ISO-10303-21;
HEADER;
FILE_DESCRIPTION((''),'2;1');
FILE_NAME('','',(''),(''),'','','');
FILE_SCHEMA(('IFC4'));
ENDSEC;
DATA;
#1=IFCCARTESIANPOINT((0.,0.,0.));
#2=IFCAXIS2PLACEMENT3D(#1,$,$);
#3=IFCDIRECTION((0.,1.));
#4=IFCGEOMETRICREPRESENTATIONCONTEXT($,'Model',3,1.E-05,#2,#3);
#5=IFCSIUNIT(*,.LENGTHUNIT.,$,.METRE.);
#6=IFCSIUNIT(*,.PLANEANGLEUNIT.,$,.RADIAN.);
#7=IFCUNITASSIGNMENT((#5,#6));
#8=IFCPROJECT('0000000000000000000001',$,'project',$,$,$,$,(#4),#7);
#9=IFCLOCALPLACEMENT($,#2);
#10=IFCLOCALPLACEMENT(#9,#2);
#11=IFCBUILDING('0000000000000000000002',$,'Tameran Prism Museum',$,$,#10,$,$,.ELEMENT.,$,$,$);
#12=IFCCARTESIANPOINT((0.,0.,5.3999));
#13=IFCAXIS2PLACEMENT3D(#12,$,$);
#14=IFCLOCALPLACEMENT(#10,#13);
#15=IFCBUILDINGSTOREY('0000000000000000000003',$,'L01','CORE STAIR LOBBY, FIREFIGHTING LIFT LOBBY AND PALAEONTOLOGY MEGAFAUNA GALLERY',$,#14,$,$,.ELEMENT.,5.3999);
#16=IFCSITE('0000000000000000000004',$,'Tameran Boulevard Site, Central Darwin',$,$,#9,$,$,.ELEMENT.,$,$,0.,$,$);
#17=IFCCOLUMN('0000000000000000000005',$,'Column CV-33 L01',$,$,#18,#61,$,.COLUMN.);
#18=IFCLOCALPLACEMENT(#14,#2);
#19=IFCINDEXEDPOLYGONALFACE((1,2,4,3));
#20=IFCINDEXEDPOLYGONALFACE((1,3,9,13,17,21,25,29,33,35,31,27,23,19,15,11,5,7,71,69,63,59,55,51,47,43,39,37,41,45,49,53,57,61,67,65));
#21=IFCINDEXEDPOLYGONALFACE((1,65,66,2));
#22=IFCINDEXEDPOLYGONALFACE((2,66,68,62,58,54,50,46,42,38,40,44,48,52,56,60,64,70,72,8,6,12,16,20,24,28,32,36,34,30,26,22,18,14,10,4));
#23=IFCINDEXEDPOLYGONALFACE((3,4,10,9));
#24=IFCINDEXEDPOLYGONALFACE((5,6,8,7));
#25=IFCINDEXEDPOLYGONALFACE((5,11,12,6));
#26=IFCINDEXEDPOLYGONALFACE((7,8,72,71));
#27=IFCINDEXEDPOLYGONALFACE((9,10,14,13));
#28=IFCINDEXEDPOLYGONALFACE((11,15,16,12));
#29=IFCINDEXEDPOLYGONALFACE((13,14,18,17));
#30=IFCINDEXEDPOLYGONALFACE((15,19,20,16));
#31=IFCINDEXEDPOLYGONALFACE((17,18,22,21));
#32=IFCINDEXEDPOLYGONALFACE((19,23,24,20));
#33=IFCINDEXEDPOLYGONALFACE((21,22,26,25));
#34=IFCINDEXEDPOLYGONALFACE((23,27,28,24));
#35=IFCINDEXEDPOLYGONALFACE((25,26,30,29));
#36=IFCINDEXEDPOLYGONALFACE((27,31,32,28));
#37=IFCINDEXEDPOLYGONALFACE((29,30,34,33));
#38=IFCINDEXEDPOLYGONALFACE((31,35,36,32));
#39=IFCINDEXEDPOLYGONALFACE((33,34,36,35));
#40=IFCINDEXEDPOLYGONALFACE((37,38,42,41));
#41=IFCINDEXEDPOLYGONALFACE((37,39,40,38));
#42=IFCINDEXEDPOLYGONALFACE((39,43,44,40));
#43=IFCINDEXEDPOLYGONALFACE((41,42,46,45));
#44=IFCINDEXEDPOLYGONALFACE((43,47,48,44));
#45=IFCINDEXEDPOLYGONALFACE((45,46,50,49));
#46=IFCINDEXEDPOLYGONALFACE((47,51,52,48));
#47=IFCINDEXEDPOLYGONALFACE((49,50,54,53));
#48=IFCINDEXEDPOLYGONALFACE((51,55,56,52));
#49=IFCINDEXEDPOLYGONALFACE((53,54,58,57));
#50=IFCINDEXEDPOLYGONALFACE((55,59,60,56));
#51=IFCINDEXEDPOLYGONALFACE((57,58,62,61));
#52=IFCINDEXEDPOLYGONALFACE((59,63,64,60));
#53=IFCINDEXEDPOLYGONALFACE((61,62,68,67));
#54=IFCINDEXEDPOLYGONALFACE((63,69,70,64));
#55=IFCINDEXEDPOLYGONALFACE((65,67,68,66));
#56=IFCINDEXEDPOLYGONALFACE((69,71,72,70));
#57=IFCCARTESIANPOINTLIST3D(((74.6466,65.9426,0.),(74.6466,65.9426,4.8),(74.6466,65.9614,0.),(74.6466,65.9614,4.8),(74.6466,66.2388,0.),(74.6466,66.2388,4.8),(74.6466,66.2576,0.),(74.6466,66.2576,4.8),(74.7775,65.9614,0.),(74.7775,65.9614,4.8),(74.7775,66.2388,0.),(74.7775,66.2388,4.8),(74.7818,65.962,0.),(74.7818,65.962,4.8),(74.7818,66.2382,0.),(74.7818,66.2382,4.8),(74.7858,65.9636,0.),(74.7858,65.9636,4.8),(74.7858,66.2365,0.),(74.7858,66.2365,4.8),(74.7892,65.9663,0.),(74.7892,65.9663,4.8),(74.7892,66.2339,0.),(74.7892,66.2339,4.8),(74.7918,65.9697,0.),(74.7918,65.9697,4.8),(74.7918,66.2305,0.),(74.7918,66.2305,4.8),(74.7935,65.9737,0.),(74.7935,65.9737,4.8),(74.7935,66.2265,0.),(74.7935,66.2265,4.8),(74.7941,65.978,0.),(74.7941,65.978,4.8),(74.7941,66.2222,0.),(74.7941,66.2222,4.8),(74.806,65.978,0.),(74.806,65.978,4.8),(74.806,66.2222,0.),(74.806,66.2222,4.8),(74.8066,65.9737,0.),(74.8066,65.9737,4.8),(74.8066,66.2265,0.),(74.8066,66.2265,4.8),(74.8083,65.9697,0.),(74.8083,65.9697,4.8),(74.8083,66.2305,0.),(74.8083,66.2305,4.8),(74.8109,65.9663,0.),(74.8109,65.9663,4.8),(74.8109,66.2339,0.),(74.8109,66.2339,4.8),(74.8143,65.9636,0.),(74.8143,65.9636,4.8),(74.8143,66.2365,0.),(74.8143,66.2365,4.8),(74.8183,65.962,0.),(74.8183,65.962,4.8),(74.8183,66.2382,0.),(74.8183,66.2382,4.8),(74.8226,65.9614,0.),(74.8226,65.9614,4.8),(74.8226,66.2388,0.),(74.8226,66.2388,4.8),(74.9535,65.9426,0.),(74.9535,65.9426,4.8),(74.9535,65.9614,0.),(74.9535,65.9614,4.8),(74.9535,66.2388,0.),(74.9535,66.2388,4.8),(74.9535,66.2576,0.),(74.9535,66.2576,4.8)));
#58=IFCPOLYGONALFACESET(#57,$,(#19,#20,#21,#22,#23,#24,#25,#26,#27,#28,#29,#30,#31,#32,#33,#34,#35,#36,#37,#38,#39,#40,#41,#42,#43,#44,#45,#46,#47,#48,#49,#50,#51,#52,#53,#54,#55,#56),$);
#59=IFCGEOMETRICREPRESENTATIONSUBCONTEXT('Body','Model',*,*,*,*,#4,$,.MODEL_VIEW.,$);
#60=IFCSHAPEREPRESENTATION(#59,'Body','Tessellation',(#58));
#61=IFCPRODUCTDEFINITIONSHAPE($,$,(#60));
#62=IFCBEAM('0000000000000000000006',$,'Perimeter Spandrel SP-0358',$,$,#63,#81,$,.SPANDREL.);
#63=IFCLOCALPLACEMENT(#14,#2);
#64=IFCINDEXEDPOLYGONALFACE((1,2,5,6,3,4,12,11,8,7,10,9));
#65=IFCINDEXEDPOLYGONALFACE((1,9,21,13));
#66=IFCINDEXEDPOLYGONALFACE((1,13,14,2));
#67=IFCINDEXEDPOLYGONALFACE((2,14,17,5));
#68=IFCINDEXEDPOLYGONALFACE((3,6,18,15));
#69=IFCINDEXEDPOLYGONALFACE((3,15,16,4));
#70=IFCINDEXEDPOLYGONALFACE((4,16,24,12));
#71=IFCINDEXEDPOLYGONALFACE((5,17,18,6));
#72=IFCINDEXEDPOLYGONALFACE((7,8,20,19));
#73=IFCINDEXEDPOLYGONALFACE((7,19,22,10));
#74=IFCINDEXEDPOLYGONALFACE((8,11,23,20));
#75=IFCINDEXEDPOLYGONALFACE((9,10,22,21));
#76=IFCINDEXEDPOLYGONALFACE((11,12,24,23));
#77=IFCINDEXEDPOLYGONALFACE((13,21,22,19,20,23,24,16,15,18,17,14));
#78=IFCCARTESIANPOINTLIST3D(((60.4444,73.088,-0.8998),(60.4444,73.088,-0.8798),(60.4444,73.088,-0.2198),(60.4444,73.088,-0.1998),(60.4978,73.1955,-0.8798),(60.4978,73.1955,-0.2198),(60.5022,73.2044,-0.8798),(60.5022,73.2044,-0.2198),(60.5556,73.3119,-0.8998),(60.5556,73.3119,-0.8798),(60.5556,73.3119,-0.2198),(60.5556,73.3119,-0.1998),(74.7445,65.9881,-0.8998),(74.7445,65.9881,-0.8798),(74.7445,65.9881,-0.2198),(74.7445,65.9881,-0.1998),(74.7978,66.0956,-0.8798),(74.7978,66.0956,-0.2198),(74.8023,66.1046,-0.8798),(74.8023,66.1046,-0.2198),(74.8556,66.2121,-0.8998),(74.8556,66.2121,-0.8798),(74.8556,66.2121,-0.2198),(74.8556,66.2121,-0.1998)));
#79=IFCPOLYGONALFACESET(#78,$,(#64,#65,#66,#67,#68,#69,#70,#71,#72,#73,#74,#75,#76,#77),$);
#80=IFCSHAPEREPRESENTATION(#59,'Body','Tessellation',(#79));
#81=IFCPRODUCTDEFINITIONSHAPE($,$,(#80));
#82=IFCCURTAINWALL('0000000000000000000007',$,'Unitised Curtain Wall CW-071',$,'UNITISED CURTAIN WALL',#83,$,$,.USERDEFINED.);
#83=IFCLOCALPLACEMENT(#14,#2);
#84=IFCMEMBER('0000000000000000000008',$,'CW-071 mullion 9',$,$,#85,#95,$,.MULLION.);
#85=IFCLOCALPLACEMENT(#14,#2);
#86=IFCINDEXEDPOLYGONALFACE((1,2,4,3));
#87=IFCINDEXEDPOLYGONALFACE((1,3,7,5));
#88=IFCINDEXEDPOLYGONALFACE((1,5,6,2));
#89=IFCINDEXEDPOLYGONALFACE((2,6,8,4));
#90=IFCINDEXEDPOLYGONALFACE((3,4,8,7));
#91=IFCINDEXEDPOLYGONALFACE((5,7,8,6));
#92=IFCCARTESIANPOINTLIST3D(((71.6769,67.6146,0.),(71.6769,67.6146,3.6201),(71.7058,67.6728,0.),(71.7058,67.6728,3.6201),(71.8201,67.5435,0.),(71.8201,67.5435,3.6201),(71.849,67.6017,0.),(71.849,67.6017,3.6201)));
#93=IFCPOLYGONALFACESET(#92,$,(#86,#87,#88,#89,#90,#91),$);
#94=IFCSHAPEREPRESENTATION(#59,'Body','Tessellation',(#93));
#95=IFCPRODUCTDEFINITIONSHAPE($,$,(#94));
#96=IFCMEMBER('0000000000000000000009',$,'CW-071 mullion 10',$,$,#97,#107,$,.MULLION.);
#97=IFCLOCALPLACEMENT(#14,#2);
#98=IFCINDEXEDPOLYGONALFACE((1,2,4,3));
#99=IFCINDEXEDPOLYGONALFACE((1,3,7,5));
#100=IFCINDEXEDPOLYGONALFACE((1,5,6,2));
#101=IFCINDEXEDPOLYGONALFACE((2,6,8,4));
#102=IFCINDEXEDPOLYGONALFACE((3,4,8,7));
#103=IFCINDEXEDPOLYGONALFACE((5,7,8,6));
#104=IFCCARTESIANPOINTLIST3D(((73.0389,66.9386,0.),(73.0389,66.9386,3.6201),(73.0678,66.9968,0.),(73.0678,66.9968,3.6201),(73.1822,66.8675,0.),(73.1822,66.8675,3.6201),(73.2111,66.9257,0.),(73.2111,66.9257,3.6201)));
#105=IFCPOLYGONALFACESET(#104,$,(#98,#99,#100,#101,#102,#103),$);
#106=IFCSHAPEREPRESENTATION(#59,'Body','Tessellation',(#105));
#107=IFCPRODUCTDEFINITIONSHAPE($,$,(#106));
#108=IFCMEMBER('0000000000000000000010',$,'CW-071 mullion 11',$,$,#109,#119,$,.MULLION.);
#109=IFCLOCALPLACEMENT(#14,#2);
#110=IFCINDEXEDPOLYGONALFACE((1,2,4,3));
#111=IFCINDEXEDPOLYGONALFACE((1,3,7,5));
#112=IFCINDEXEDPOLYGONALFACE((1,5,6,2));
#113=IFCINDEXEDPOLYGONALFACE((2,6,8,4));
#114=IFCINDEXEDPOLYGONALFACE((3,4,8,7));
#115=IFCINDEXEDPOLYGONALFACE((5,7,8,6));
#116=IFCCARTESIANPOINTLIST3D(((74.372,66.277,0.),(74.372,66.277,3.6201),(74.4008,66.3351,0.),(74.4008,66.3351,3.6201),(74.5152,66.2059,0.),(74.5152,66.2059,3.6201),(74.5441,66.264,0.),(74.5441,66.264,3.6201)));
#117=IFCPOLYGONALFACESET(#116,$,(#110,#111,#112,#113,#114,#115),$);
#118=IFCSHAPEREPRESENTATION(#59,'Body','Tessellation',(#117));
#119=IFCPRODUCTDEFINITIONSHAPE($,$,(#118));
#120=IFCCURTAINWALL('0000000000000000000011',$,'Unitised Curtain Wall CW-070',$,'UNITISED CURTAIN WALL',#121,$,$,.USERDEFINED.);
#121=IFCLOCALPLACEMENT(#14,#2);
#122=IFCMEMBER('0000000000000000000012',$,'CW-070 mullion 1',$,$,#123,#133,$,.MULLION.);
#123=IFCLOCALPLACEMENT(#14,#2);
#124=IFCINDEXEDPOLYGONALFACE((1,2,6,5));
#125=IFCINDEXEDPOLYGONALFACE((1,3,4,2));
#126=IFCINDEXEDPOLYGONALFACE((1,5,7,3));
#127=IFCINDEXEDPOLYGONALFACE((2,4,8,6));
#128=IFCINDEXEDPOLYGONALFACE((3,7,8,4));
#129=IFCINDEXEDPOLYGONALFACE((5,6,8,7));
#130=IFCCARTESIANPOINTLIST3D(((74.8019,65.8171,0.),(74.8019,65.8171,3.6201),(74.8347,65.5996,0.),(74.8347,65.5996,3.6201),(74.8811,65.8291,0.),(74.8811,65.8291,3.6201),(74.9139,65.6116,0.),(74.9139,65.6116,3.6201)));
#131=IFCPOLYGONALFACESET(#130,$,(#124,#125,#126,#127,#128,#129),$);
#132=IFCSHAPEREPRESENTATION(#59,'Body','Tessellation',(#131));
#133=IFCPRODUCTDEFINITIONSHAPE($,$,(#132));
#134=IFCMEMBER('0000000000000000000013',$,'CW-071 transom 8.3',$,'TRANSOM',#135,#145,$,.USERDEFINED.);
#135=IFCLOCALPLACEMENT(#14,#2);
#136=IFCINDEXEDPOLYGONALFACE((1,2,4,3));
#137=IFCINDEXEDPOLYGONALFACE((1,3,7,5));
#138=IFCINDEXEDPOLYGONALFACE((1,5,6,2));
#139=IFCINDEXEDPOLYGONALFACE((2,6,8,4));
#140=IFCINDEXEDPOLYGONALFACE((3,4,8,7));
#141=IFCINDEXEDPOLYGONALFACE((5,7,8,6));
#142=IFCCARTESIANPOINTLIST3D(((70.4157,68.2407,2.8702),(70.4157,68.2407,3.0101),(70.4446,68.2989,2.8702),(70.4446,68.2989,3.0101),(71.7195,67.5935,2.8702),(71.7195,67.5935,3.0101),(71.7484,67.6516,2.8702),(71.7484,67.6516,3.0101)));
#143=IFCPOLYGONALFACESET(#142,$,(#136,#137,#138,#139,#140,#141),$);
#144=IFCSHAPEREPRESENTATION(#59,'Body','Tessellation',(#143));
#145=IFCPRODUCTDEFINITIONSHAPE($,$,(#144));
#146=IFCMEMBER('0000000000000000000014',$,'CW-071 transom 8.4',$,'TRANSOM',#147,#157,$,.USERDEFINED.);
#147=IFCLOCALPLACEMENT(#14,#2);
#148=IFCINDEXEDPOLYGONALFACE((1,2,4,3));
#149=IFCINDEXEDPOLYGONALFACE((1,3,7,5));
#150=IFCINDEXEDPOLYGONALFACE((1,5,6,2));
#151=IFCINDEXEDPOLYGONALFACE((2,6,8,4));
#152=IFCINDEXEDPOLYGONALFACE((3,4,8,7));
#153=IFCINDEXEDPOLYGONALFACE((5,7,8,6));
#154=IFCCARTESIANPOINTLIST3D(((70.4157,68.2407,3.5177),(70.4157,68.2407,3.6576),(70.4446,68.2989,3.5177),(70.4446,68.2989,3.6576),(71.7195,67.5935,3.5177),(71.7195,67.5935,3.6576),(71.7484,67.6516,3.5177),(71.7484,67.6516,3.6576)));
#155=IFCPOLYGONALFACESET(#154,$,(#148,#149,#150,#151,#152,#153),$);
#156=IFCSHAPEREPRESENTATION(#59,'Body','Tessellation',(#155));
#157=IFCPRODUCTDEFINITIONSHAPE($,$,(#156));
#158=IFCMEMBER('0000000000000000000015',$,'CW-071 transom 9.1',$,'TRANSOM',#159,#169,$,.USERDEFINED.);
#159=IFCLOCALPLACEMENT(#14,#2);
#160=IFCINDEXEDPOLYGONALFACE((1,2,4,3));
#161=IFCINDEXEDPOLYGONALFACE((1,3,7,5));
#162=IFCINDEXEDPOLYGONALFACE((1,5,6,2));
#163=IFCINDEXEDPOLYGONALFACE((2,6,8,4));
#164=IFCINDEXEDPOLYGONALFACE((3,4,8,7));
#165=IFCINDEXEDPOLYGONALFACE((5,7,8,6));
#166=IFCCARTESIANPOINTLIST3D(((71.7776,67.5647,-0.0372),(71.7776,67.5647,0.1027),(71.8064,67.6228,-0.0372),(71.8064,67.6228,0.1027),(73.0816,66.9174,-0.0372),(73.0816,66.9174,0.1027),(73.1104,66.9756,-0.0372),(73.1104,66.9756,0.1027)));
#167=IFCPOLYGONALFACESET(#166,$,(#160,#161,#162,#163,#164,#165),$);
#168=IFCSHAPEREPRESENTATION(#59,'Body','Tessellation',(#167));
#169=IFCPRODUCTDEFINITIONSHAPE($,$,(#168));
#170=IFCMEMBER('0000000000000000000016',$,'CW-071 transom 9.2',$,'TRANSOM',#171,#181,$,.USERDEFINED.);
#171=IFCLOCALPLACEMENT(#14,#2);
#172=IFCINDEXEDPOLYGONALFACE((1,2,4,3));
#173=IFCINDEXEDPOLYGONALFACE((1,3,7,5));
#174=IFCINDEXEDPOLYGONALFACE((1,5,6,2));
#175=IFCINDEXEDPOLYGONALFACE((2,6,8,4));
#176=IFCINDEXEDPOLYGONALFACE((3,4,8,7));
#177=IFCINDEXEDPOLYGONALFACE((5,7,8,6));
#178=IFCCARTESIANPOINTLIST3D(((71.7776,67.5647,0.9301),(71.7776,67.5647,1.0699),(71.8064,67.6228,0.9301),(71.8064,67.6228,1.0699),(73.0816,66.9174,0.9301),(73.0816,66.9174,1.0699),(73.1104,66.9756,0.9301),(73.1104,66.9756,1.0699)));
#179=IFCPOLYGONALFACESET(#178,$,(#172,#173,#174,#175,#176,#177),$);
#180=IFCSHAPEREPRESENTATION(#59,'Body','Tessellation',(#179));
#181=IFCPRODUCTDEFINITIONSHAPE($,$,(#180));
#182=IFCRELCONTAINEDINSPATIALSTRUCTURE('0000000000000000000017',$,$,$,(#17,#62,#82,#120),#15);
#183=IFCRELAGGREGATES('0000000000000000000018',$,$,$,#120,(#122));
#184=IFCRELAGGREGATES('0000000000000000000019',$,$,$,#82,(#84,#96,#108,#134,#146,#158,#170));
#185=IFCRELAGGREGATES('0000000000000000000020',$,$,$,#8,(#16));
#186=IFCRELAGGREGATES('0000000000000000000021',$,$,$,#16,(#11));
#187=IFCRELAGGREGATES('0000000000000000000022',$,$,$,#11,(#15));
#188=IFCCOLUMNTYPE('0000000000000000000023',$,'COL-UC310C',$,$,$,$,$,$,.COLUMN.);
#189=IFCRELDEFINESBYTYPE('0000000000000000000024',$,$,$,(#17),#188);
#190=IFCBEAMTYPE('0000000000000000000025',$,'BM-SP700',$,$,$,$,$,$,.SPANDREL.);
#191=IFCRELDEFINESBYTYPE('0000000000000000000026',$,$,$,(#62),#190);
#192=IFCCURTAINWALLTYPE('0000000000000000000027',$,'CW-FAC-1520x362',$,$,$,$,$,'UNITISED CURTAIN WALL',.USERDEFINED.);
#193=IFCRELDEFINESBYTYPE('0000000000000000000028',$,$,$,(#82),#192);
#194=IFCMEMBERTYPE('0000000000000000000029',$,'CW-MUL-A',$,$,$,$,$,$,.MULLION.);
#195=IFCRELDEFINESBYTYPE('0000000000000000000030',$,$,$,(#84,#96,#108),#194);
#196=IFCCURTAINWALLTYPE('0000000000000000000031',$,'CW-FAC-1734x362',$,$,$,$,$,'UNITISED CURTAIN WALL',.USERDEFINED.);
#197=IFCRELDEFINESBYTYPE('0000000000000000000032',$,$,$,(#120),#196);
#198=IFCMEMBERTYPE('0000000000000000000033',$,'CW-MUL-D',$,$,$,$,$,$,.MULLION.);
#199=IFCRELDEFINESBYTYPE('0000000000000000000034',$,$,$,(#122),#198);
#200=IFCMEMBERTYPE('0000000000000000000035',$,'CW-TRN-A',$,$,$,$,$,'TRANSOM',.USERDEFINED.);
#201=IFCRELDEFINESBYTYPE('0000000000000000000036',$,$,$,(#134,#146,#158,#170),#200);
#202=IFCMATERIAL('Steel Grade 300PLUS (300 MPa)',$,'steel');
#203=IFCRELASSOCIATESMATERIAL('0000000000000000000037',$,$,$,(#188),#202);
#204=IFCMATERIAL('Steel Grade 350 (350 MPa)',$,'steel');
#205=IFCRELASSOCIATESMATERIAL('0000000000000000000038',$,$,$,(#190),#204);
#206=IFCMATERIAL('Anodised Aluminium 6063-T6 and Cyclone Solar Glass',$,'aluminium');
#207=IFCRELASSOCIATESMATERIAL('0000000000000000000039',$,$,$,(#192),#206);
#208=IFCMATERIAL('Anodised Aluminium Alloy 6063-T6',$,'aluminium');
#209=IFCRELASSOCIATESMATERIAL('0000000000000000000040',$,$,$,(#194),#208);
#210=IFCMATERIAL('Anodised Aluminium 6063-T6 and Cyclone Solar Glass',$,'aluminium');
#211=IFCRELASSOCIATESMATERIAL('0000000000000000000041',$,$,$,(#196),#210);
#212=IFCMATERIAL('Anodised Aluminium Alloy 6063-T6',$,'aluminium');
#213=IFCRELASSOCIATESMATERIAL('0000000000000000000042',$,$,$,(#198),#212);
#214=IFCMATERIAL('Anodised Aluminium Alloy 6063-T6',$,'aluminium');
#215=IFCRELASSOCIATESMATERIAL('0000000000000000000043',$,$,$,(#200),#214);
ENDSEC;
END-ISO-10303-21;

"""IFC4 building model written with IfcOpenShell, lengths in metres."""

from ifc_helpers import new_model, si_unit, direction, frame, origin, origin_2d, place, context, subcontext, project, spatial, rectangle, i_section, extrude, material, material_profile, profile_set, type_object, element, aggregate, save


model = new_model("IFC4")

# Units and contexts
model_context = context("Model", 3, precision=1e-05, world=origin(), true_north=direction((0.0, 1.0)))
body_context = subcontext(model_context, "Body", "Model", "MODEL_VIEW")
ifc_project = project(units=[si_unit("LENGTHUNIT", "METRE"), si_unit("PLANEANGLEUNIT", "RADIAN")], contexts=[model_context])

# Site, building, storey
site_placement = place(None, origin())
site = spatial("IfcSite", under=ifc_project, at=site_placement, Name="Tameran Boulevard Site, Central Darwin", CompositionType="ELEMENT", RefElevation=0.0)
building_placement = place(site_placement, origin())
building = spatial("IfcBuilding", under=site, at=building_placement, Name="Tameran Prism Museum", CompositionType="ELEMENT")
storey_placement = place(building_placement, frame((0.0, 0.0, 5.3999)))
storey = spatial("IfcBuildingStorey", under=building, at=storey_placement, Name="L01", Description="CORE STAIR LOBBY, FIREFIGHTING LIFT LOBBY AND PALAEONTOLOGY MEGAFAUNA GALLERY", CompositionType="ELEMENT", Elevation=5.3999)

# Column
ifc_material_1 = material(Name="Steel Grade 300PLUS (300 MPa)", Category="steel")
ifc_material_profile_1 = material_profile(ifc_material_1, i_section(OverallWidth=0.3069, OverallDepth=0.3149, WebThickness=0.012, FlangeThickness=0.0188, FilletRadius=0.0166, at=origin_2d()))
ifc_profile_set_1 = profile_set([ifc_material_profile_1])
column_type = type_object("IfcColumnType", Name="COL-UC310C", PredefinedType="COLUMN", material=ifc_profile_set_1)
column_placement = place(storey_placement, frame((74.8, 66.1001, 0.0), z_axis=(0.0, 0.0, 1.0), x_axis=(1.0, 0.0, 0.0)))
element("IfcColumn", 1, at=column_placement, inside=storey, type_object=column_type, Name="Column CV-33 L01", PredefinedType="COLUMN", context=body_context, shape_type="SweptSolid", body=[
    extrude(i_section(OverallWidth=0.3069, OverallDepth=0.3149, WebThickness=0.012, FlangeThickness=0.0188, FilletRadius=0.0166, at=origin_2d()), origin(), (0.0, 0.0, 1.0), 4.8),
])

# Beam
ifc_material_2 = material(Name="Steel Grade 350 (350 MPa)", Category="steel")
ifc_material_profile_2 = material_profile(ifc_material_2, i_section(OverallWidth=0.25, OverallDepth=0.7, WebThickness=0.01, FlangeThickness=0.02, at=origin_2d()))
ifc_profile_set_2 = profile_set([ifc_material_profile_2])
beam_type = type_object("IfcBeamType", Name="BM-SP700", PredefinedType="SPANDREL", material=ifc_profile_set_2)
beam_placement = place(storey_placement, frame((74.8, 66.1001, -0.5498), z_axis=(-0.895681, 0.444698, 0.0), x_axis=(-0.444698, -0.895681, 0.0)))
element("IfcBeam", 2, at=beam_placement, inside=storey, type_object=beam_type, Name="Perimeter Spandrel SP-0358", PredefinedType="SPANDREL", context=body_context, shape_type="SweptSolid", body=[
    extrude(i_section(OverallWidth=0.25, OverallDepth=0.7, WebThickness=0.01, FlangeThickness=0.02, at=origin_2d()), origin(), (0.0, 0.0, 1.0), 15.9656),
])

# Curtain wall, members
ifc_material_3 = material(Name="Anodised Aluminium 6063-T6 and Cyclone Solar Glass", Category="aluminium")
curtain_wall_type_1 = type_object("IfcCurtainWallType", Name="CW-FAC-1520x362", ElementType="UNITISED CURTAIN WALL", PredefinedType="USERDEFINED", material=ifc_material_3)
curtain_wall_1_placement = place(storey_placement, origin())
curtain_wall_1 = element("IfcCurtainWall", 3, at=curtain_wall_1_placement, inside=storey, type_object=curtain_wall_type_1, Name="Unitised Curtain Wall CW-071", ObjectType="UNITISED CURTAIN WALL", PredefinedType="USERDEFINED")
ifc_material_4 = material(Name="Anodised Aluminium Alloy 6063-T6", Category="aluminium")
ifc_material_profile_3 = material_profile(ifc_material_4, rectangle(XDim=0.0649, YDim=0.1599, at=origin_2d()))
ifc_profile_set_3 = profile_set([ifc_material_profile_3])
member_type_1 = type_object("IfcMemberType", Name="CW-MUL-A", PredefinedType="MULLION", material=ifc_profile_set_3)
member_1_placement = place(storey_placement, frame((71.7629, 67.6082, 0.0), z_axis=(0.0, 0.0, 1.0), x_axis=(0.444634, 0.895712, 0.0)))
member_1 = element("IfcMember", 4, at=member_1_placement, type_object=member_type_1, Name="CW-071 mullion 9", PredefinedType="MULLION", context=body_context, shape_type="SweptSolid", body=[
    extrude(rectangle(XDim=0.0649, YDim=0.1599, at=origin_2d()), origin(), (0.0, 0.0, 1.0), 3.6201),
])
member_2_placement = place(storey_placement, frame((73.125, 66.9321, 0.0), z_axis=(0.0, 0.0, 1.0), x_axis=(0.444634, 0.895712, 0.0)))
member_2 = element("IfcMember", 5, at=member_2_placement, type_object=member_type_1, Name="CW-071 mullion 10", PredefinedType="MULLION", context=body_context, shape_type="SweptSolid", body=[
    extrude(rectangle(XDim=0.0649, YDim=0.1599, at=origin_2d()), origin(), (0.0, 0.0, 1.0), 3.6201),
])
member_3_placement = place(storey_placement, frame((74.458, 66.2705, 0.0), z_axis=(0.0, 0.0, 1.0), x_axis=(0.444634, 0.895712, 0.0)))
member_3 = element("IfcMember", 6, at=member_3_placement, type_object=member_type_1, Name="CW-071 mullion 11", PredefinedType="MULLION", context=body_context, shape_type="SweptSolid", body=[
    extrude(rectangle(XDim=0.0649, YDim=0.1599, at=origin_2d()), origin(), (0.0, 0.0, 1.0), 3.6201),
])

# Curtain wall, member
ifc_material_5 = material(Name="Anodised Aluminium 6063-T6 and Cyclone Solar Glass", Category="aluminium")
curtain_wall_type_2 = type_object("IfcCurtainWallType", Name="CW-FAC-1734x362", ElementType="UNITISED CURTAIN WALL", PredefinedType="USERDEFINED", material=ifc_material_5)
curtain_wall_2_placement = place(storey_placement, origin())
curtain_wall_2 = element("IfcCurtainWall", 7, at=curtain_wall_2_placement, inside=storey, type_object=curtain_wall_type_2, Name="Unitised Curtain Wall CW-070", ObjectType="UNITISED CURTAIN WALL", PredefinedType="USERDEFINED")
ifc_material_6 = material(Name="Anodised Aluminium Alloy 6063-T6", Category="aluminium")
ifc_material_profile_4 = material_profile(ifc_material_6, rectangle(XDim=0.0801, YDim=0.22, at=origin_2d()))
ifc_profile_set_4 = profile_set([ifc_material_profile_4])
member_type_2 = type_object("IfcMemberType", Name="CW-MUL-D", PredefinedType="MULLION", material=ifc_profile_set_4)
member_4_placement = place(storey_placement, frame((74.8579, 65.7144, 0.0), z_axis=(0.0, 0.0, 1.0), x_axis=(0.988812, 0.149167, 0.0)))
member_4 = element("IfcMember", 8, at=member_4_placement, type_object=member_type_2, Name="CW-070 mullion 1", PredefinedType="MULLION", context=body_context, shape_type="SweptSolid", body=[
    extrude(rectangle(XDim=0.0801, YDim=0.22, at=origin_2d()), origin(), (0.0, 0.0, 1.0), 3.6201),
])

# Members
ifc_material_7 = material(Name="Anodised Aluminium Alloy 6063-T6", Category="aluminium")
ifc_material_profile_5 = material_profile(ifc_material_7, rectangle(XDim=0.0649, YDim=0.1399, at=origin_2d()))
ifc_profile_set_5 = profile_set([ifc_material_profile_5])
member_type_3 = type_object("IfcMemberType", Name="CW-TRN-A", ElementType="TRANSOM", PredefinedType="USERDEFINED", material=ifc_profile_set_5)
member_5_placement = place(storey_placement, frame((70.4302, 68.2698, 2.9402), z_axis=(0.895698, -0.444662, 0.0), x_axis=(0.444662, 0.895698, 0.0)))
member_5 = element("IfcMember", 9, at=member_5_placement, type_object=member_type_3, Name="CW-071 transom 8.3", ObjectType="TRANSOM", PredefinedType="USERDEFINED", context=body_context, shape_type="SweptSolid", body=[
    extrude(rectangle(XDim=0.0649, YDim=0.1399, at=origin_2d()), origin(), (0.0, 0.0, 1.0), 1.4556),
])
member_6_placement = place(storey_placement, frame((70.4302, 68.2698, 3.5876), z_axis=(0.895698, -0.444662, 0.0), x_axis=(0.444662, 0.895698, 0.0)))
member_6 = element("IfcMember", 10, at=member_6_placement, type_object=member_type_3, Name="CW-071 transom 8.4", ObjectType="TRANSOM", PredefinedType="USERDEFINED", context=body_context, shape_type="SweptSolid", body=[
    extrude(rectangle(XDim=0.0649, YDim=0.1399, at=origin_2d()), origin(), (0.0, 0.0, 1.0), 1.4556),
])
member_7_placement = place(storey_placement, frame((71.792, 67.5938, 0.0327), z_axis=(0.895731, -0.444595, 0.0), x_axis=(0.444595, 0.895731, 0.0)))
member_7 = element("IfcMember", 11, at=member_7_placement, type_object=member_type_3, Name="CW-071 transom 9.1", ObjectType="TRANSOM", PredefinedType="USERDEFINED", context=body_context, shape_type="SweptSolid", body=[
    extrude(rectangle(XDim=0.0649, YDim=0.1399, at=origin_2d()), origin(), (0.0, 0.0, 1.0), 1.4558),
])
member_8_placement = place(storey_placement, frame((71.792, 67.5938, 1.0), z_axis=(0.895731, -0.444595, 0.0), x_axis=(0.444595, 0.895731, 0.0)))
member_8 = element("IfcMember", 12, at=member_8_placement, type_object=member_type_3, Name="CW-071 transom 9.2", ObjectType="TRANSOM", PredefinedType="USERDEFINED", context=body_context, shape_type="SweptSolid", body=[
    extrude(rectangle(XDim=0.0649, YDim=0.1399, at=origin_2d()), origin(), (0.0, 0.0, 1.0), 1.4558),
])

aggregate(curtain_wall_2, [member_4])
aggregate(curtain_wall_1, [member_1, member_2, member_3, member_5, member_6, member_7, member_8])

save(model, "model.ifc")
